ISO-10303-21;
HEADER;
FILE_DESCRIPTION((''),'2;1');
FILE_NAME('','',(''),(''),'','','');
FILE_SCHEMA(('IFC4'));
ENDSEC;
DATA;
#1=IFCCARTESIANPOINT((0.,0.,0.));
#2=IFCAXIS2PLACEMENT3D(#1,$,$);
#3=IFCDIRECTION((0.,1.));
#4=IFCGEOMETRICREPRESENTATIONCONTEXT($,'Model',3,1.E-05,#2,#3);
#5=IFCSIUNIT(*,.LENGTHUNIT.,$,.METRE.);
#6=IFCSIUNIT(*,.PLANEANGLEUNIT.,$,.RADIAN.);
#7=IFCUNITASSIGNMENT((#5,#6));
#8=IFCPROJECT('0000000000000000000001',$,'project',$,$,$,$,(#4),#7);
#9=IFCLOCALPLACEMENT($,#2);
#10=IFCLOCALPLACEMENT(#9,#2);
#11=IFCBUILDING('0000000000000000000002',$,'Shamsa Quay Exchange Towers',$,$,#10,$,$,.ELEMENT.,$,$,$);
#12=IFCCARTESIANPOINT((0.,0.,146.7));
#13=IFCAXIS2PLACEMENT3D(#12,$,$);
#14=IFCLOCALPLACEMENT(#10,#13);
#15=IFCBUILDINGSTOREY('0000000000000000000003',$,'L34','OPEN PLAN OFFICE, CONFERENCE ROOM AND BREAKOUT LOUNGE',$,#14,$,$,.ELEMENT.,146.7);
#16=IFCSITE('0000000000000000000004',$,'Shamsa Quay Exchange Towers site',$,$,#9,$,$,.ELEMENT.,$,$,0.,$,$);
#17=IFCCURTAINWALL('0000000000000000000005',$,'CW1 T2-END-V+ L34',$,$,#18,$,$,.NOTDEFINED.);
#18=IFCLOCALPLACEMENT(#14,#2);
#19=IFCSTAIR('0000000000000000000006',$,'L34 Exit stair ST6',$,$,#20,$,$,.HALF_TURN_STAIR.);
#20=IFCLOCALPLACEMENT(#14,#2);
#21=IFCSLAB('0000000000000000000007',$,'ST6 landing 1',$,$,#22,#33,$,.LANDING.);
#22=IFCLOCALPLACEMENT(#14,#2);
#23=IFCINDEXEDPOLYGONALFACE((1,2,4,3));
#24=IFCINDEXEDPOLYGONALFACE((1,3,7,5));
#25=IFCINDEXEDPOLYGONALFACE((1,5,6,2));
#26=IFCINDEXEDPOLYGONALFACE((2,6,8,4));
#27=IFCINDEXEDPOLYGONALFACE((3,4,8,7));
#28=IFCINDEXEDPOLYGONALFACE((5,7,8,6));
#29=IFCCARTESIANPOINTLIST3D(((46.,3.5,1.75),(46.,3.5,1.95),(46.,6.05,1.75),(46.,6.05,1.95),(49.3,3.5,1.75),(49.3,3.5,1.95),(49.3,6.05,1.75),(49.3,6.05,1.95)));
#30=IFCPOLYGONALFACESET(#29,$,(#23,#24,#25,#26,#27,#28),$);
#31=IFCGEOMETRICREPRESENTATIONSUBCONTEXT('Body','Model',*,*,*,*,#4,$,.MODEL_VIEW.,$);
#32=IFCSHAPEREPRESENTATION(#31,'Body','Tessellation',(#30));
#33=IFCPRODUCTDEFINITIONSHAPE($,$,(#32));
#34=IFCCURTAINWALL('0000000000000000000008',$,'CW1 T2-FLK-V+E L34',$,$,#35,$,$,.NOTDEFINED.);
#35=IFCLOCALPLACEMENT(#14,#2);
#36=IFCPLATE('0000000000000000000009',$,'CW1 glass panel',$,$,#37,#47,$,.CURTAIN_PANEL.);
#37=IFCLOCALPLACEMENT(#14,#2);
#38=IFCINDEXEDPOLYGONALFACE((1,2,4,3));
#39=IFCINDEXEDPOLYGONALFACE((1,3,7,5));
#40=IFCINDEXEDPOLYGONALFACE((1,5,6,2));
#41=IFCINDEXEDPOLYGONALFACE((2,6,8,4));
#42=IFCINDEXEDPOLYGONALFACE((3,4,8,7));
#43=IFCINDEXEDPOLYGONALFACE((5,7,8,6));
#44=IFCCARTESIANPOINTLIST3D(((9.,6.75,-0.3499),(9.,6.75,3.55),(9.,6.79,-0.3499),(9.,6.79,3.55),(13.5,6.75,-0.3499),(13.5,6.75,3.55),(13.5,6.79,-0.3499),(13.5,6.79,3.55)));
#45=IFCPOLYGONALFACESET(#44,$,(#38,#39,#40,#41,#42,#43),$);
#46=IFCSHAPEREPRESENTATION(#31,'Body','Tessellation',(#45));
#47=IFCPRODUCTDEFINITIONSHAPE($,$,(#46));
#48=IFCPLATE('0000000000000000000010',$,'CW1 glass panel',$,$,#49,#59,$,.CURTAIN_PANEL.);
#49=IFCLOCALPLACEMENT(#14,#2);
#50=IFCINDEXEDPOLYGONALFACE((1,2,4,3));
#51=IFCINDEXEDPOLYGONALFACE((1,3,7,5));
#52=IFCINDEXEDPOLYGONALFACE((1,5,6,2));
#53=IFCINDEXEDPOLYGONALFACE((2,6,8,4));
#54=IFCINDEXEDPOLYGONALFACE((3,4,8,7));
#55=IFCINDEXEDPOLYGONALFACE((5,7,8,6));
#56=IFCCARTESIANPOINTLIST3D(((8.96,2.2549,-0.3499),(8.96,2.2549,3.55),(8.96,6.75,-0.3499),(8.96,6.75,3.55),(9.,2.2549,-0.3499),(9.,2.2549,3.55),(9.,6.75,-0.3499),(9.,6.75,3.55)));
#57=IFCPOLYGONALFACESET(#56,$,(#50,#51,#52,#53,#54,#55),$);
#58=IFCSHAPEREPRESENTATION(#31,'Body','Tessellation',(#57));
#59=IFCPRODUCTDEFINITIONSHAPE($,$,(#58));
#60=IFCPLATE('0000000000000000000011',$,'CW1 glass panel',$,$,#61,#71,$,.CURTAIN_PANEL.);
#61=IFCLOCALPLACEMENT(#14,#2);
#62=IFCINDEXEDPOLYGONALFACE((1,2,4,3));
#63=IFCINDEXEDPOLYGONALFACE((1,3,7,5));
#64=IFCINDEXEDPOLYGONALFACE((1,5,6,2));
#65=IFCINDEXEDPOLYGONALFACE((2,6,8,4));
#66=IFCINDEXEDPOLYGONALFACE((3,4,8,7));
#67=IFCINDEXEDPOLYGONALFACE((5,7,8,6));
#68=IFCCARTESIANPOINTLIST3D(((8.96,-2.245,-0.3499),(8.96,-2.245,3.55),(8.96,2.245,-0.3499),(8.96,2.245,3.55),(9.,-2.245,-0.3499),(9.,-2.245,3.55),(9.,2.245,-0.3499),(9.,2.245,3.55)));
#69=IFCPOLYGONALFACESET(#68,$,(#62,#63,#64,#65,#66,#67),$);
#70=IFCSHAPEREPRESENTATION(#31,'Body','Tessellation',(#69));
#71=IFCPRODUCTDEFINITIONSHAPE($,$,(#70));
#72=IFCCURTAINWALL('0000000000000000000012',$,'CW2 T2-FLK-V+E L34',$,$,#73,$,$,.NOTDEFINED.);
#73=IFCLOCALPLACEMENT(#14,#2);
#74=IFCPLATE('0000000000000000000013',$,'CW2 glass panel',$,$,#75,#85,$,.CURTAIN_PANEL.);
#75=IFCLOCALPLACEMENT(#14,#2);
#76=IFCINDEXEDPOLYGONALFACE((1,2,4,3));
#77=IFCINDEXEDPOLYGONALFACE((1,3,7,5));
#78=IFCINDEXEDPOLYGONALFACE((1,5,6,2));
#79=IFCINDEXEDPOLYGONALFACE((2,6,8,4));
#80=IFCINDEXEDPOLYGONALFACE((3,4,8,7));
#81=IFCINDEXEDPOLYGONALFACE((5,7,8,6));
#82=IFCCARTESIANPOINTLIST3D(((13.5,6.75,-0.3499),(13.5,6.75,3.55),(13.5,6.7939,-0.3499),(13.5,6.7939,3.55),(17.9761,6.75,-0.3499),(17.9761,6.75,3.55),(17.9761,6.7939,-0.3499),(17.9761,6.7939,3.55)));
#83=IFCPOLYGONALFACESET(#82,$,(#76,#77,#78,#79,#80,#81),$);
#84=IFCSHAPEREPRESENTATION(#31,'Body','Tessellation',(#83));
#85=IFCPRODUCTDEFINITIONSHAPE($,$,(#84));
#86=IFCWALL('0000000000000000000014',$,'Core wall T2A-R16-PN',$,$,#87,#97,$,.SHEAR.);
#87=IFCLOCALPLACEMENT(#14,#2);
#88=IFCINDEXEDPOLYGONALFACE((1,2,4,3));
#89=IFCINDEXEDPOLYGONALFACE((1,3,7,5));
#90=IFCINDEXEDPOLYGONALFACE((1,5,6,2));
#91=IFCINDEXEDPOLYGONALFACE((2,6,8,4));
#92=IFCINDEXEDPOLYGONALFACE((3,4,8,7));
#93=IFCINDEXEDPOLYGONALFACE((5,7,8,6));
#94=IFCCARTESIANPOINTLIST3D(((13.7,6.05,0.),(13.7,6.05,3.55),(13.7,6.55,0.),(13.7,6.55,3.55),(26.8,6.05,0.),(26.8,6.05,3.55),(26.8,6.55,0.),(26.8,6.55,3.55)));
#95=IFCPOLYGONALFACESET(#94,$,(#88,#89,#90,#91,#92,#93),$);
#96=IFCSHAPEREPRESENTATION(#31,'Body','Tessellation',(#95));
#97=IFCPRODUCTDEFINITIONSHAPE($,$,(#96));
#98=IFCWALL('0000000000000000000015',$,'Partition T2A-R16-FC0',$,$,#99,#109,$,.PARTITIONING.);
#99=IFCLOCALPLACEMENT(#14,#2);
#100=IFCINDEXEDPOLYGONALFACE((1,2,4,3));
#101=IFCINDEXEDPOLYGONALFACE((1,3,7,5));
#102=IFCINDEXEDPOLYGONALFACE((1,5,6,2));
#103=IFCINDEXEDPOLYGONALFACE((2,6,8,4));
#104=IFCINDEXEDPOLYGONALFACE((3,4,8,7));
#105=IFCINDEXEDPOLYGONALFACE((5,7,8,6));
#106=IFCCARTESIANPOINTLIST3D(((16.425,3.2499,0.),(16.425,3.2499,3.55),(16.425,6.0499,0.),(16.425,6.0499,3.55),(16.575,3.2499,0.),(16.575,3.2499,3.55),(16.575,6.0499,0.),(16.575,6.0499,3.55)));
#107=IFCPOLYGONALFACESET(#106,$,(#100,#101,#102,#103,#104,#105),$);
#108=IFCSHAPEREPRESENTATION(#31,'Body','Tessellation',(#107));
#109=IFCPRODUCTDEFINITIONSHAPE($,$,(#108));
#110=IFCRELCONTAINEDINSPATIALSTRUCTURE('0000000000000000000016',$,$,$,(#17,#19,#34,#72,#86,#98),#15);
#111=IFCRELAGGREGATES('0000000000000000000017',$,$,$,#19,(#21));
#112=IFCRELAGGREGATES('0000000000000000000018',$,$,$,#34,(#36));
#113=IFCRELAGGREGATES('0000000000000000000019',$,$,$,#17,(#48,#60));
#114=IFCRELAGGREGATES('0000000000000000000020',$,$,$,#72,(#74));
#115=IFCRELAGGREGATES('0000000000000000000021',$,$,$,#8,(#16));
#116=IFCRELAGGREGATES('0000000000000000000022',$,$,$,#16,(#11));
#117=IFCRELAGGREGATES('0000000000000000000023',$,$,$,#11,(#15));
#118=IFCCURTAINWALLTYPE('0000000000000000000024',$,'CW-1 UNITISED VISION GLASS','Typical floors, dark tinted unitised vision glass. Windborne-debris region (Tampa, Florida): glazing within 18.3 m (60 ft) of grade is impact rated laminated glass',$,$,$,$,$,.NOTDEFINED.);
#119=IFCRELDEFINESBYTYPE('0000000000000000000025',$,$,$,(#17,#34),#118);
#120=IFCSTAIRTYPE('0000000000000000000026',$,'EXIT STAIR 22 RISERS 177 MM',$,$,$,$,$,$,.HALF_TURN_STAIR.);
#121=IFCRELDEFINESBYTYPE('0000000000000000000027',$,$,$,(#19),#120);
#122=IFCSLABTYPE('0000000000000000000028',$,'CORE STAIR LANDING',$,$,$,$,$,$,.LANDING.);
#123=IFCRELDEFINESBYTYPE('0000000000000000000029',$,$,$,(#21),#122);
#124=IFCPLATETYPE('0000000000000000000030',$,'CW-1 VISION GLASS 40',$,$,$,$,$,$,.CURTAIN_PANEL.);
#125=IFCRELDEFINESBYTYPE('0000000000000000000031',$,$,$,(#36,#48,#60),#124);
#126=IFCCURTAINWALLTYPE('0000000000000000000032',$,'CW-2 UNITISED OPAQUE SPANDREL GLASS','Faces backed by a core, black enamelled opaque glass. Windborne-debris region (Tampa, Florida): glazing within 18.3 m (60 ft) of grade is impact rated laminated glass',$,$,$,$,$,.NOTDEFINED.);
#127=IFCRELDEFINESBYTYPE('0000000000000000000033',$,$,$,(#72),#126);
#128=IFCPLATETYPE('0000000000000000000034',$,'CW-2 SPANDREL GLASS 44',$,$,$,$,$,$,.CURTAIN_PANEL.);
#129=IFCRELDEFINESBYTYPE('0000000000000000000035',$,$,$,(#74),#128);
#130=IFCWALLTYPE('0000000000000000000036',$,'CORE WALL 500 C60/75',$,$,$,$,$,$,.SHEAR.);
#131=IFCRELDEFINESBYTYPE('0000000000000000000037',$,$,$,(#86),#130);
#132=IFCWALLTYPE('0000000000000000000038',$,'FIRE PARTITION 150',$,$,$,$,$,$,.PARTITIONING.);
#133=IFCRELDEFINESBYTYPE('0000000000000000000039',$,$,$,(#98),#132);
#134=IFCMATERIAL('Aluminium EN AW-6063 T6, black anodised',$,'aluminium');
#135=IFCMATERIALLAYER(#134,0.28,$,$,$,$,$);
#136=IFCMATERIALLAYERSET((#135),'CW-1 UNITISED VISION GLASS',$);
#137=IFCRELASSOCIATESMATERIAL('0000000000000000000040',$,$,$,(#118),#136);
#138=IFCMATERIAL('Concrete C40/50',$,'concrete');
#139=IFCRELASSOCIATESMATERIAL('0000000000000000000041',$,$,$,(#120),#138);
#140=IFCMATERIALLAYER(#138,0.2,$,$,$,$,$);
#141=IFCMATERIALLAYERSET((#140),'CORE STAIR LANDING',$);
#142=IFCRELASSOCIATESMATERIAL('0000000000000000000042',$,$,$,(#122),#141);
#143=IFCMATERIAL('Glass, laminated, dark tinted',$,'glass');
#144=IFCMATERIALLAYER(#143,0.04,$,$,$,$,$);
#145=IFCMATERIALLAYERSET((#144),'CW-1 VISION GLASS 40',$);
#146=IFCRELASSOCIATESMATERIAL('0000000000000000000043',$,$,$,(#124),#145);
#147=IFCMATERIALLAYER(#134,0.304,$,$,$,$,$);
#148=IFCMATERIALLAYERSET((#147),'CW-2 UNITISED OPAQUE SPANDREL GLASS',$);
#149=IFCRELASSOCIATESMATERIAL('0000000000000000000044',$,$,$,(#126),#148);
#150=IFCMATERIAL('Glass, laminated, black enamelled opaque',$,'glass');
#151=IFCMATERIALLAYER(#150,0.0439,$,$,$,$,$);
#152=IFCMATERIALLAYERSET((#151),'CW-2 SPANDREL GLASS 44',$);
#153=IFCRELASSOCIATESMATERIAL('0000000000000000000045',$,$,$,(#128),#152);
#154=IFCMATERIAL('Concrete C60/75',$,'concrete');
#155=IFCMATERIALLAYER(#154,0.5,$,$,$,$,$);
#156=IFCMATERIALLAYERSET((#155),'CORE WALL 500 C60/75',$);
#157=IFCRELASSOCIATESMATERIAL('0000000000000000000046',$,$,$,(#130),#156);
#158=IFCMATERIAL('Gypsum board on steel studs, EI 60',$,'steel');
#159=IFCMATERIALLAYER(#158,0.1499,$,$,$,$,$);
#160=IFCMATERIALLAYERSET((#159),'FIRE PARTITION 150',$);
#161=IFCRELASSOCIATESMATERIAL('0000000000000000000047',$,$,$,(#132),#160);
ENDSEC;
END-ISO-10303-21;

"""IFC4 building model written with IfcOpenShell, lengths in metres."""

from ifc_helpers import new_model, si_unit, direction, frame, frame_2d, origin, origin_2d, place, context, subcontext, project, spatial, polyline, rectangle, outline, extrude, material, layer, layer_set, type_object, element, aggregate, save


model = new_model("IFC4")

# Units and contexts
model_context = context("Model", 3, precision=1e-05, world=origin(), true_north=direction((0.0, 1.0)))
body_context = subcontext(model_context, "Body", "Model", "MODEL_VIEW")
ifc_project = project(units=[si_unit("LENGTHUNIT", "METRE"), si_unit("PLANEANGLEUNIT", "RADIAN")], contexts=[model_context])

# Site, building, storey
site_placement = place(None, origin())
site = spatial("IfcSite", under=ifc_project, at=site_placement, Name="Shamsa Quay Exchange Towers site", CompositionType="ELEMENT", RefElevation=0.0)
building_placement = place(site_placement, origin())
building = spatial("IfcBuilding", under=site, at=building_placement, Name="Shamsa Quay Exchange Towers", CompositionType="ELEMENT")
storey_placement = place(building_placement, frame((0.0, 0.0, 146.7)))
storey = spatial("IfcBuildingStorey", under=building, at=storey_placement, Name="L34", Description="OPEN PLAN OFFICE, CONFERENCE ROOM AND BREAKOUT LOUNGE", CompositionType="ELEMENT", Elevation=146.7)

# Curtain wall
ifc_material_1 = material(Name="Aluminium EN AW-6063 T6, black anodised", Category="aluminium")
ifc_layer_1 = layer(ifc_material_1, 0.28)
ifc_layer_set_1 = layer_set([ifc_layer_1], Name="CW-1 UNITISED VISION GLASS")
curtain_wall_type_1 = type_object("IfcCurtainWallType", Name="CW-1 UNITISED VISION GLASS", Description="Typical floors, dark tinted unitised vision glass. Windborne-debris region (Tampa, Florida): glazing within 18.3 m (60 ft) of grade is impact rated laminated glass", PredefinedType="NOTDEFINED", material=ifc_layer_set_1)
curtain_wall_1_placement = place(storey_placement, origin())
curtain_wall_1 = element("IfcCurtainWall", 1, at=curtain_wall_1_placement, inside=storey, type_object=curtain_wall_type_1, Name="CW1 T2-END-V+ L34", PredefinedType="NOTDEFINED")

# Stair, slab
ifc_material_2 = material(Name="Concrete C40/50", Category="concrete")
stair_type = type_object("IfcStairType", Name="EXIT STAIR 22 RISERS 177 MM", PredefinedType="HALF_TURN_STAIR", material=ifc_material_2)
ifc_layer_2 = layer(ifc_material_2, 0.2)
ifc_layer_set_2 = layer_set([ifc_layer_2], Name="CORE STAIR LANDING")
slab_type_1 = type_object("IfcSlabType", Name="CORE STAIR LANDING", PredefinedType="LANDING", material=ifc_layer_set_2)
stair_1_placement = place(storey_placement, origin())
stair_1 = element("IfcStair", 2, at=stair_1_placement, inside=storey, type_object=stair_type, Name="L34 Exit stair ST6", PredefinedType="HALF_TURN_STAIR")
slab_1_placement = place(storey_placement, frame((0.0, 0.0, 1.75)))
slab_1 = element("IfcSlab", 3, at=slab_1_placement, type_object=slab_type_1, Name="ST6 landing 1", PredefinedType="LANDING", context=body_context, shape_type="SweptSolid", body=[
    extrude(outline(polyline([(49.3, 6.05), (46.0, 6.05), (46.0, 3.5), (49.3, 3.5), (49.3, 6.05)])), origin(), (0.0, 0.0, 1.0), 0.2),
])
aggregate(stair_1, [slab_1])

# Curtain wall, plate
curtain_wall_2_placement = place(storey_placement, origin())
curtain_wall_2 = element("IfcCurtainWall", 4, at=curtain_wall_2_placement, inside=storey, type_object=curtain_wall_type_1, Name="CW1 T2-FLK-V+E L34", PredefinedType="NOTDEFINED")
ifc_material_3 = material(Name="Glass, laminated, dark tinted", Category="glass")
ifc_layer_3 = layer(ifc_material_3, 0.04)
ifc_layer_set_3 = layer_set([ifc_layer_3], Name="CW-1 VISION GLASS 40")
plate_type_1 = type_object("IfcPlateType", Name="CW-1 VISION GLASS 40", PredefinedType="CURTAIN_PANEL", material=ifc_layer_set_3)
plate_1_placement = place(storey_placement, frame((11.25, 6.77, -0.3499), z_axis=(0.0, 0.0, 1.0), x_axis=(-1.0, 0.0, 0.0)))
plate_1 = element("IfcPlate", 5, at=plate_1_placement, type_object=plate_type_1, Name="CW1 glass panel", PredefinedType="CURTAIN_PANEL", context=body_context, shape_type="SweptSolid", body=[
    extrude(rectangle(XDim=4.5, YDim=0.04, at=origin_2d()), origin(), (0.0, 0.0, 1.0), 3.8999),
])
aggregate(curtain_wall_2, [plate_1])

# Plates
plate_2_placement = place(storey_placement, frame((8.98, 4.5024, -0.3499), z_axis=(0.0, 0.0, 1.0), x_axis=(0.0, -1.0, 0.0)))
plate_2 = element("IfcPlate", 6, at=plate_2_placement, type_object=plate_type_1, Name="CW1 glass panel", PredefinedType="CURTAIN_PANEL", context=body_context, shape_type="SweptSolid", body=[
    extrude(rectangle(XDim=4.4951, YDim=0.04, at=origin_2d()), origin(), (0.0, 0.0, 1.0), 3.8999),
])
plate_3_placement = place(storey_placement, frame((8.98, 0.0, -0.3499), z_axis=(0.0, 0.0, 1.0), x_axis=(0.0, -1.0, 0.0)))
plate_3 = element("IfcPlate", 7, at=plate_3_placement, type_object=plate_type_1, Name="CW1 glass panel", PredefinedType="CURTAIN_PANEL", context=body_context, shape_type="SweptSolid", body=[
    extrude(rectangle(XDim=4.49, YDim=0.04, at=origin_2d()), origin(), (0.0, 0.0, 1.0), 3.8999),
])
aggregate(curtain_wall_1, [plate_2, plate_3])

# Curtain wall, plate
ifc_layer_4 = layer(ifc_material_1, 0.304)
ifc_layer_set_4 = layer_set([ifc_layer_4], Name="CW-2 UNITISED OPAQUE SPANDREL GLASS")
curtain_wall_type_2 = type_object("IfcCurtainWallType", Name="CW-2 UNITISED OPAQUE SPANDREL GLASS", Description="Faces backed by a core, black enamelled opaque glass. Windborne-debris region (Tampa, Florida): glazing within 18.3 m (60 ft) of grade is impact rated laminated glass", PredefinedType="NOTDEFINED", material=ifc_layer_set_4)
curtain_wall_3_placement = place(storey_placement, origin())
curtain_wall_3 = element("IfcCurtainWall", 8, at=curtain_wall_3_placement, inside=storey, type_object=curtain_wall_type_2, Name="CW2 T2-FLK-V+E L34", PredefinedType="NOTDEFINED")
ifc_material_4 = material(Name="Glass, laminated, black enamelled opaque", Category="glass")
ifc_layer_5 = layer(ifc_material_4, 0.0439)
ifc_layer_set_5 = layer_set([ifc_layer_5], Name="CW-2 SPANDREL GLASS 44")
plate_type_2 = type_object("IfcPlateType", Name="CW-2 SPANDREL GLASS 44", PredefinedType="CURTAIN_PANEL", material=ifc_layer_set_5)
plate_4_placement = place(storey_placement, frame((15.738, 6.772, -0.3499), z_axis=(0.0, 0.0, 1.0), x_axis=(-1.0, 0.0, 0.0)))
plate_4 = element("IfcPlate", 9, at=plate_4_placement, type_object=plate_type_2, Name="CW2 glass panel", PredefinedType="CURTAIN_PANEL", context=body_context, shape_type="SweptSolid", body=[
    extrude(rectangle(XDim=4.4761, YDim=0.0439, at=origin_2d()), origin(), (0.0, 0.0, 1.0), 3.8999),
])
aggregate(curtain_wall_3, [plate_4])

# Wall
ifc_material_5 = material(Name="Concrete C60/75", Category="concrete")
ifc_layer_6 = layer(ifc_material_5, 0.5)
ifc_layer_set_6 = layer_set([ifc_layer_6], Name="CORE WALL 500 C60/75")
wall_type_1 = type_object("IfcWallType", Name="CORE WALL 500 C60/75", PredefinedType="SHEAR", material=ifc_layer_set_6)
wall_1_placement = place(storey_placement, frame((13.7, 6.3, 0.0)))
element("IfcWall", 10, at=wall_1_placement, inside=storey, type_object=wall_type_1, Name="Core wall T2A-R16-PN", PredefinedType="SHEAR", context=body_context, shape_type="SweptSolid", body=[
    extrude(rectangle(XDim=13.1001, YDim=0.5, at=frame_2d((6.55, 0.0))), origin(), (0.0, 0.0, 1.0), 3.55),
])

# Wall
ifc_material_6 = material(Name="Gypsum board on steel studs, EI 60", Category="steel")
ifc_layer_7 = layer(ifc_material_6, 0.1499)
ifc_layer_set_7 = layer_set([ifc_layer_7], Name="FIRE PARTITION 150")
wall_type_2 = type_object("IfcWallType", Name="FIRE PARTITION 150", PredefinedType="PARTITIONING", material=ifc_layer_set_7)
wall_2_placement = place(storey_placement, frame((16.5, 3.25, 0.0), z_axis=(0.0, 0.0, 1.0), x_axis=(0.0, 1.0, 0.0)))
element("IfcWall", 11, at=wall_2_placement, inside=storey, type_object=wall_type_2, Name="Partition T2A-R16-FC0", PredefinedType="PARTITIONING", context=body_context, shape_type="SweptSolid", body=[
    extrude(rectangle(XDim=2.8, YDim=0.1499, at=frame_2d((1.3999, 0.0))), origin(), (0.0, 0.0, 1.0), 3.55),
])

save(model, "model.ifc")
